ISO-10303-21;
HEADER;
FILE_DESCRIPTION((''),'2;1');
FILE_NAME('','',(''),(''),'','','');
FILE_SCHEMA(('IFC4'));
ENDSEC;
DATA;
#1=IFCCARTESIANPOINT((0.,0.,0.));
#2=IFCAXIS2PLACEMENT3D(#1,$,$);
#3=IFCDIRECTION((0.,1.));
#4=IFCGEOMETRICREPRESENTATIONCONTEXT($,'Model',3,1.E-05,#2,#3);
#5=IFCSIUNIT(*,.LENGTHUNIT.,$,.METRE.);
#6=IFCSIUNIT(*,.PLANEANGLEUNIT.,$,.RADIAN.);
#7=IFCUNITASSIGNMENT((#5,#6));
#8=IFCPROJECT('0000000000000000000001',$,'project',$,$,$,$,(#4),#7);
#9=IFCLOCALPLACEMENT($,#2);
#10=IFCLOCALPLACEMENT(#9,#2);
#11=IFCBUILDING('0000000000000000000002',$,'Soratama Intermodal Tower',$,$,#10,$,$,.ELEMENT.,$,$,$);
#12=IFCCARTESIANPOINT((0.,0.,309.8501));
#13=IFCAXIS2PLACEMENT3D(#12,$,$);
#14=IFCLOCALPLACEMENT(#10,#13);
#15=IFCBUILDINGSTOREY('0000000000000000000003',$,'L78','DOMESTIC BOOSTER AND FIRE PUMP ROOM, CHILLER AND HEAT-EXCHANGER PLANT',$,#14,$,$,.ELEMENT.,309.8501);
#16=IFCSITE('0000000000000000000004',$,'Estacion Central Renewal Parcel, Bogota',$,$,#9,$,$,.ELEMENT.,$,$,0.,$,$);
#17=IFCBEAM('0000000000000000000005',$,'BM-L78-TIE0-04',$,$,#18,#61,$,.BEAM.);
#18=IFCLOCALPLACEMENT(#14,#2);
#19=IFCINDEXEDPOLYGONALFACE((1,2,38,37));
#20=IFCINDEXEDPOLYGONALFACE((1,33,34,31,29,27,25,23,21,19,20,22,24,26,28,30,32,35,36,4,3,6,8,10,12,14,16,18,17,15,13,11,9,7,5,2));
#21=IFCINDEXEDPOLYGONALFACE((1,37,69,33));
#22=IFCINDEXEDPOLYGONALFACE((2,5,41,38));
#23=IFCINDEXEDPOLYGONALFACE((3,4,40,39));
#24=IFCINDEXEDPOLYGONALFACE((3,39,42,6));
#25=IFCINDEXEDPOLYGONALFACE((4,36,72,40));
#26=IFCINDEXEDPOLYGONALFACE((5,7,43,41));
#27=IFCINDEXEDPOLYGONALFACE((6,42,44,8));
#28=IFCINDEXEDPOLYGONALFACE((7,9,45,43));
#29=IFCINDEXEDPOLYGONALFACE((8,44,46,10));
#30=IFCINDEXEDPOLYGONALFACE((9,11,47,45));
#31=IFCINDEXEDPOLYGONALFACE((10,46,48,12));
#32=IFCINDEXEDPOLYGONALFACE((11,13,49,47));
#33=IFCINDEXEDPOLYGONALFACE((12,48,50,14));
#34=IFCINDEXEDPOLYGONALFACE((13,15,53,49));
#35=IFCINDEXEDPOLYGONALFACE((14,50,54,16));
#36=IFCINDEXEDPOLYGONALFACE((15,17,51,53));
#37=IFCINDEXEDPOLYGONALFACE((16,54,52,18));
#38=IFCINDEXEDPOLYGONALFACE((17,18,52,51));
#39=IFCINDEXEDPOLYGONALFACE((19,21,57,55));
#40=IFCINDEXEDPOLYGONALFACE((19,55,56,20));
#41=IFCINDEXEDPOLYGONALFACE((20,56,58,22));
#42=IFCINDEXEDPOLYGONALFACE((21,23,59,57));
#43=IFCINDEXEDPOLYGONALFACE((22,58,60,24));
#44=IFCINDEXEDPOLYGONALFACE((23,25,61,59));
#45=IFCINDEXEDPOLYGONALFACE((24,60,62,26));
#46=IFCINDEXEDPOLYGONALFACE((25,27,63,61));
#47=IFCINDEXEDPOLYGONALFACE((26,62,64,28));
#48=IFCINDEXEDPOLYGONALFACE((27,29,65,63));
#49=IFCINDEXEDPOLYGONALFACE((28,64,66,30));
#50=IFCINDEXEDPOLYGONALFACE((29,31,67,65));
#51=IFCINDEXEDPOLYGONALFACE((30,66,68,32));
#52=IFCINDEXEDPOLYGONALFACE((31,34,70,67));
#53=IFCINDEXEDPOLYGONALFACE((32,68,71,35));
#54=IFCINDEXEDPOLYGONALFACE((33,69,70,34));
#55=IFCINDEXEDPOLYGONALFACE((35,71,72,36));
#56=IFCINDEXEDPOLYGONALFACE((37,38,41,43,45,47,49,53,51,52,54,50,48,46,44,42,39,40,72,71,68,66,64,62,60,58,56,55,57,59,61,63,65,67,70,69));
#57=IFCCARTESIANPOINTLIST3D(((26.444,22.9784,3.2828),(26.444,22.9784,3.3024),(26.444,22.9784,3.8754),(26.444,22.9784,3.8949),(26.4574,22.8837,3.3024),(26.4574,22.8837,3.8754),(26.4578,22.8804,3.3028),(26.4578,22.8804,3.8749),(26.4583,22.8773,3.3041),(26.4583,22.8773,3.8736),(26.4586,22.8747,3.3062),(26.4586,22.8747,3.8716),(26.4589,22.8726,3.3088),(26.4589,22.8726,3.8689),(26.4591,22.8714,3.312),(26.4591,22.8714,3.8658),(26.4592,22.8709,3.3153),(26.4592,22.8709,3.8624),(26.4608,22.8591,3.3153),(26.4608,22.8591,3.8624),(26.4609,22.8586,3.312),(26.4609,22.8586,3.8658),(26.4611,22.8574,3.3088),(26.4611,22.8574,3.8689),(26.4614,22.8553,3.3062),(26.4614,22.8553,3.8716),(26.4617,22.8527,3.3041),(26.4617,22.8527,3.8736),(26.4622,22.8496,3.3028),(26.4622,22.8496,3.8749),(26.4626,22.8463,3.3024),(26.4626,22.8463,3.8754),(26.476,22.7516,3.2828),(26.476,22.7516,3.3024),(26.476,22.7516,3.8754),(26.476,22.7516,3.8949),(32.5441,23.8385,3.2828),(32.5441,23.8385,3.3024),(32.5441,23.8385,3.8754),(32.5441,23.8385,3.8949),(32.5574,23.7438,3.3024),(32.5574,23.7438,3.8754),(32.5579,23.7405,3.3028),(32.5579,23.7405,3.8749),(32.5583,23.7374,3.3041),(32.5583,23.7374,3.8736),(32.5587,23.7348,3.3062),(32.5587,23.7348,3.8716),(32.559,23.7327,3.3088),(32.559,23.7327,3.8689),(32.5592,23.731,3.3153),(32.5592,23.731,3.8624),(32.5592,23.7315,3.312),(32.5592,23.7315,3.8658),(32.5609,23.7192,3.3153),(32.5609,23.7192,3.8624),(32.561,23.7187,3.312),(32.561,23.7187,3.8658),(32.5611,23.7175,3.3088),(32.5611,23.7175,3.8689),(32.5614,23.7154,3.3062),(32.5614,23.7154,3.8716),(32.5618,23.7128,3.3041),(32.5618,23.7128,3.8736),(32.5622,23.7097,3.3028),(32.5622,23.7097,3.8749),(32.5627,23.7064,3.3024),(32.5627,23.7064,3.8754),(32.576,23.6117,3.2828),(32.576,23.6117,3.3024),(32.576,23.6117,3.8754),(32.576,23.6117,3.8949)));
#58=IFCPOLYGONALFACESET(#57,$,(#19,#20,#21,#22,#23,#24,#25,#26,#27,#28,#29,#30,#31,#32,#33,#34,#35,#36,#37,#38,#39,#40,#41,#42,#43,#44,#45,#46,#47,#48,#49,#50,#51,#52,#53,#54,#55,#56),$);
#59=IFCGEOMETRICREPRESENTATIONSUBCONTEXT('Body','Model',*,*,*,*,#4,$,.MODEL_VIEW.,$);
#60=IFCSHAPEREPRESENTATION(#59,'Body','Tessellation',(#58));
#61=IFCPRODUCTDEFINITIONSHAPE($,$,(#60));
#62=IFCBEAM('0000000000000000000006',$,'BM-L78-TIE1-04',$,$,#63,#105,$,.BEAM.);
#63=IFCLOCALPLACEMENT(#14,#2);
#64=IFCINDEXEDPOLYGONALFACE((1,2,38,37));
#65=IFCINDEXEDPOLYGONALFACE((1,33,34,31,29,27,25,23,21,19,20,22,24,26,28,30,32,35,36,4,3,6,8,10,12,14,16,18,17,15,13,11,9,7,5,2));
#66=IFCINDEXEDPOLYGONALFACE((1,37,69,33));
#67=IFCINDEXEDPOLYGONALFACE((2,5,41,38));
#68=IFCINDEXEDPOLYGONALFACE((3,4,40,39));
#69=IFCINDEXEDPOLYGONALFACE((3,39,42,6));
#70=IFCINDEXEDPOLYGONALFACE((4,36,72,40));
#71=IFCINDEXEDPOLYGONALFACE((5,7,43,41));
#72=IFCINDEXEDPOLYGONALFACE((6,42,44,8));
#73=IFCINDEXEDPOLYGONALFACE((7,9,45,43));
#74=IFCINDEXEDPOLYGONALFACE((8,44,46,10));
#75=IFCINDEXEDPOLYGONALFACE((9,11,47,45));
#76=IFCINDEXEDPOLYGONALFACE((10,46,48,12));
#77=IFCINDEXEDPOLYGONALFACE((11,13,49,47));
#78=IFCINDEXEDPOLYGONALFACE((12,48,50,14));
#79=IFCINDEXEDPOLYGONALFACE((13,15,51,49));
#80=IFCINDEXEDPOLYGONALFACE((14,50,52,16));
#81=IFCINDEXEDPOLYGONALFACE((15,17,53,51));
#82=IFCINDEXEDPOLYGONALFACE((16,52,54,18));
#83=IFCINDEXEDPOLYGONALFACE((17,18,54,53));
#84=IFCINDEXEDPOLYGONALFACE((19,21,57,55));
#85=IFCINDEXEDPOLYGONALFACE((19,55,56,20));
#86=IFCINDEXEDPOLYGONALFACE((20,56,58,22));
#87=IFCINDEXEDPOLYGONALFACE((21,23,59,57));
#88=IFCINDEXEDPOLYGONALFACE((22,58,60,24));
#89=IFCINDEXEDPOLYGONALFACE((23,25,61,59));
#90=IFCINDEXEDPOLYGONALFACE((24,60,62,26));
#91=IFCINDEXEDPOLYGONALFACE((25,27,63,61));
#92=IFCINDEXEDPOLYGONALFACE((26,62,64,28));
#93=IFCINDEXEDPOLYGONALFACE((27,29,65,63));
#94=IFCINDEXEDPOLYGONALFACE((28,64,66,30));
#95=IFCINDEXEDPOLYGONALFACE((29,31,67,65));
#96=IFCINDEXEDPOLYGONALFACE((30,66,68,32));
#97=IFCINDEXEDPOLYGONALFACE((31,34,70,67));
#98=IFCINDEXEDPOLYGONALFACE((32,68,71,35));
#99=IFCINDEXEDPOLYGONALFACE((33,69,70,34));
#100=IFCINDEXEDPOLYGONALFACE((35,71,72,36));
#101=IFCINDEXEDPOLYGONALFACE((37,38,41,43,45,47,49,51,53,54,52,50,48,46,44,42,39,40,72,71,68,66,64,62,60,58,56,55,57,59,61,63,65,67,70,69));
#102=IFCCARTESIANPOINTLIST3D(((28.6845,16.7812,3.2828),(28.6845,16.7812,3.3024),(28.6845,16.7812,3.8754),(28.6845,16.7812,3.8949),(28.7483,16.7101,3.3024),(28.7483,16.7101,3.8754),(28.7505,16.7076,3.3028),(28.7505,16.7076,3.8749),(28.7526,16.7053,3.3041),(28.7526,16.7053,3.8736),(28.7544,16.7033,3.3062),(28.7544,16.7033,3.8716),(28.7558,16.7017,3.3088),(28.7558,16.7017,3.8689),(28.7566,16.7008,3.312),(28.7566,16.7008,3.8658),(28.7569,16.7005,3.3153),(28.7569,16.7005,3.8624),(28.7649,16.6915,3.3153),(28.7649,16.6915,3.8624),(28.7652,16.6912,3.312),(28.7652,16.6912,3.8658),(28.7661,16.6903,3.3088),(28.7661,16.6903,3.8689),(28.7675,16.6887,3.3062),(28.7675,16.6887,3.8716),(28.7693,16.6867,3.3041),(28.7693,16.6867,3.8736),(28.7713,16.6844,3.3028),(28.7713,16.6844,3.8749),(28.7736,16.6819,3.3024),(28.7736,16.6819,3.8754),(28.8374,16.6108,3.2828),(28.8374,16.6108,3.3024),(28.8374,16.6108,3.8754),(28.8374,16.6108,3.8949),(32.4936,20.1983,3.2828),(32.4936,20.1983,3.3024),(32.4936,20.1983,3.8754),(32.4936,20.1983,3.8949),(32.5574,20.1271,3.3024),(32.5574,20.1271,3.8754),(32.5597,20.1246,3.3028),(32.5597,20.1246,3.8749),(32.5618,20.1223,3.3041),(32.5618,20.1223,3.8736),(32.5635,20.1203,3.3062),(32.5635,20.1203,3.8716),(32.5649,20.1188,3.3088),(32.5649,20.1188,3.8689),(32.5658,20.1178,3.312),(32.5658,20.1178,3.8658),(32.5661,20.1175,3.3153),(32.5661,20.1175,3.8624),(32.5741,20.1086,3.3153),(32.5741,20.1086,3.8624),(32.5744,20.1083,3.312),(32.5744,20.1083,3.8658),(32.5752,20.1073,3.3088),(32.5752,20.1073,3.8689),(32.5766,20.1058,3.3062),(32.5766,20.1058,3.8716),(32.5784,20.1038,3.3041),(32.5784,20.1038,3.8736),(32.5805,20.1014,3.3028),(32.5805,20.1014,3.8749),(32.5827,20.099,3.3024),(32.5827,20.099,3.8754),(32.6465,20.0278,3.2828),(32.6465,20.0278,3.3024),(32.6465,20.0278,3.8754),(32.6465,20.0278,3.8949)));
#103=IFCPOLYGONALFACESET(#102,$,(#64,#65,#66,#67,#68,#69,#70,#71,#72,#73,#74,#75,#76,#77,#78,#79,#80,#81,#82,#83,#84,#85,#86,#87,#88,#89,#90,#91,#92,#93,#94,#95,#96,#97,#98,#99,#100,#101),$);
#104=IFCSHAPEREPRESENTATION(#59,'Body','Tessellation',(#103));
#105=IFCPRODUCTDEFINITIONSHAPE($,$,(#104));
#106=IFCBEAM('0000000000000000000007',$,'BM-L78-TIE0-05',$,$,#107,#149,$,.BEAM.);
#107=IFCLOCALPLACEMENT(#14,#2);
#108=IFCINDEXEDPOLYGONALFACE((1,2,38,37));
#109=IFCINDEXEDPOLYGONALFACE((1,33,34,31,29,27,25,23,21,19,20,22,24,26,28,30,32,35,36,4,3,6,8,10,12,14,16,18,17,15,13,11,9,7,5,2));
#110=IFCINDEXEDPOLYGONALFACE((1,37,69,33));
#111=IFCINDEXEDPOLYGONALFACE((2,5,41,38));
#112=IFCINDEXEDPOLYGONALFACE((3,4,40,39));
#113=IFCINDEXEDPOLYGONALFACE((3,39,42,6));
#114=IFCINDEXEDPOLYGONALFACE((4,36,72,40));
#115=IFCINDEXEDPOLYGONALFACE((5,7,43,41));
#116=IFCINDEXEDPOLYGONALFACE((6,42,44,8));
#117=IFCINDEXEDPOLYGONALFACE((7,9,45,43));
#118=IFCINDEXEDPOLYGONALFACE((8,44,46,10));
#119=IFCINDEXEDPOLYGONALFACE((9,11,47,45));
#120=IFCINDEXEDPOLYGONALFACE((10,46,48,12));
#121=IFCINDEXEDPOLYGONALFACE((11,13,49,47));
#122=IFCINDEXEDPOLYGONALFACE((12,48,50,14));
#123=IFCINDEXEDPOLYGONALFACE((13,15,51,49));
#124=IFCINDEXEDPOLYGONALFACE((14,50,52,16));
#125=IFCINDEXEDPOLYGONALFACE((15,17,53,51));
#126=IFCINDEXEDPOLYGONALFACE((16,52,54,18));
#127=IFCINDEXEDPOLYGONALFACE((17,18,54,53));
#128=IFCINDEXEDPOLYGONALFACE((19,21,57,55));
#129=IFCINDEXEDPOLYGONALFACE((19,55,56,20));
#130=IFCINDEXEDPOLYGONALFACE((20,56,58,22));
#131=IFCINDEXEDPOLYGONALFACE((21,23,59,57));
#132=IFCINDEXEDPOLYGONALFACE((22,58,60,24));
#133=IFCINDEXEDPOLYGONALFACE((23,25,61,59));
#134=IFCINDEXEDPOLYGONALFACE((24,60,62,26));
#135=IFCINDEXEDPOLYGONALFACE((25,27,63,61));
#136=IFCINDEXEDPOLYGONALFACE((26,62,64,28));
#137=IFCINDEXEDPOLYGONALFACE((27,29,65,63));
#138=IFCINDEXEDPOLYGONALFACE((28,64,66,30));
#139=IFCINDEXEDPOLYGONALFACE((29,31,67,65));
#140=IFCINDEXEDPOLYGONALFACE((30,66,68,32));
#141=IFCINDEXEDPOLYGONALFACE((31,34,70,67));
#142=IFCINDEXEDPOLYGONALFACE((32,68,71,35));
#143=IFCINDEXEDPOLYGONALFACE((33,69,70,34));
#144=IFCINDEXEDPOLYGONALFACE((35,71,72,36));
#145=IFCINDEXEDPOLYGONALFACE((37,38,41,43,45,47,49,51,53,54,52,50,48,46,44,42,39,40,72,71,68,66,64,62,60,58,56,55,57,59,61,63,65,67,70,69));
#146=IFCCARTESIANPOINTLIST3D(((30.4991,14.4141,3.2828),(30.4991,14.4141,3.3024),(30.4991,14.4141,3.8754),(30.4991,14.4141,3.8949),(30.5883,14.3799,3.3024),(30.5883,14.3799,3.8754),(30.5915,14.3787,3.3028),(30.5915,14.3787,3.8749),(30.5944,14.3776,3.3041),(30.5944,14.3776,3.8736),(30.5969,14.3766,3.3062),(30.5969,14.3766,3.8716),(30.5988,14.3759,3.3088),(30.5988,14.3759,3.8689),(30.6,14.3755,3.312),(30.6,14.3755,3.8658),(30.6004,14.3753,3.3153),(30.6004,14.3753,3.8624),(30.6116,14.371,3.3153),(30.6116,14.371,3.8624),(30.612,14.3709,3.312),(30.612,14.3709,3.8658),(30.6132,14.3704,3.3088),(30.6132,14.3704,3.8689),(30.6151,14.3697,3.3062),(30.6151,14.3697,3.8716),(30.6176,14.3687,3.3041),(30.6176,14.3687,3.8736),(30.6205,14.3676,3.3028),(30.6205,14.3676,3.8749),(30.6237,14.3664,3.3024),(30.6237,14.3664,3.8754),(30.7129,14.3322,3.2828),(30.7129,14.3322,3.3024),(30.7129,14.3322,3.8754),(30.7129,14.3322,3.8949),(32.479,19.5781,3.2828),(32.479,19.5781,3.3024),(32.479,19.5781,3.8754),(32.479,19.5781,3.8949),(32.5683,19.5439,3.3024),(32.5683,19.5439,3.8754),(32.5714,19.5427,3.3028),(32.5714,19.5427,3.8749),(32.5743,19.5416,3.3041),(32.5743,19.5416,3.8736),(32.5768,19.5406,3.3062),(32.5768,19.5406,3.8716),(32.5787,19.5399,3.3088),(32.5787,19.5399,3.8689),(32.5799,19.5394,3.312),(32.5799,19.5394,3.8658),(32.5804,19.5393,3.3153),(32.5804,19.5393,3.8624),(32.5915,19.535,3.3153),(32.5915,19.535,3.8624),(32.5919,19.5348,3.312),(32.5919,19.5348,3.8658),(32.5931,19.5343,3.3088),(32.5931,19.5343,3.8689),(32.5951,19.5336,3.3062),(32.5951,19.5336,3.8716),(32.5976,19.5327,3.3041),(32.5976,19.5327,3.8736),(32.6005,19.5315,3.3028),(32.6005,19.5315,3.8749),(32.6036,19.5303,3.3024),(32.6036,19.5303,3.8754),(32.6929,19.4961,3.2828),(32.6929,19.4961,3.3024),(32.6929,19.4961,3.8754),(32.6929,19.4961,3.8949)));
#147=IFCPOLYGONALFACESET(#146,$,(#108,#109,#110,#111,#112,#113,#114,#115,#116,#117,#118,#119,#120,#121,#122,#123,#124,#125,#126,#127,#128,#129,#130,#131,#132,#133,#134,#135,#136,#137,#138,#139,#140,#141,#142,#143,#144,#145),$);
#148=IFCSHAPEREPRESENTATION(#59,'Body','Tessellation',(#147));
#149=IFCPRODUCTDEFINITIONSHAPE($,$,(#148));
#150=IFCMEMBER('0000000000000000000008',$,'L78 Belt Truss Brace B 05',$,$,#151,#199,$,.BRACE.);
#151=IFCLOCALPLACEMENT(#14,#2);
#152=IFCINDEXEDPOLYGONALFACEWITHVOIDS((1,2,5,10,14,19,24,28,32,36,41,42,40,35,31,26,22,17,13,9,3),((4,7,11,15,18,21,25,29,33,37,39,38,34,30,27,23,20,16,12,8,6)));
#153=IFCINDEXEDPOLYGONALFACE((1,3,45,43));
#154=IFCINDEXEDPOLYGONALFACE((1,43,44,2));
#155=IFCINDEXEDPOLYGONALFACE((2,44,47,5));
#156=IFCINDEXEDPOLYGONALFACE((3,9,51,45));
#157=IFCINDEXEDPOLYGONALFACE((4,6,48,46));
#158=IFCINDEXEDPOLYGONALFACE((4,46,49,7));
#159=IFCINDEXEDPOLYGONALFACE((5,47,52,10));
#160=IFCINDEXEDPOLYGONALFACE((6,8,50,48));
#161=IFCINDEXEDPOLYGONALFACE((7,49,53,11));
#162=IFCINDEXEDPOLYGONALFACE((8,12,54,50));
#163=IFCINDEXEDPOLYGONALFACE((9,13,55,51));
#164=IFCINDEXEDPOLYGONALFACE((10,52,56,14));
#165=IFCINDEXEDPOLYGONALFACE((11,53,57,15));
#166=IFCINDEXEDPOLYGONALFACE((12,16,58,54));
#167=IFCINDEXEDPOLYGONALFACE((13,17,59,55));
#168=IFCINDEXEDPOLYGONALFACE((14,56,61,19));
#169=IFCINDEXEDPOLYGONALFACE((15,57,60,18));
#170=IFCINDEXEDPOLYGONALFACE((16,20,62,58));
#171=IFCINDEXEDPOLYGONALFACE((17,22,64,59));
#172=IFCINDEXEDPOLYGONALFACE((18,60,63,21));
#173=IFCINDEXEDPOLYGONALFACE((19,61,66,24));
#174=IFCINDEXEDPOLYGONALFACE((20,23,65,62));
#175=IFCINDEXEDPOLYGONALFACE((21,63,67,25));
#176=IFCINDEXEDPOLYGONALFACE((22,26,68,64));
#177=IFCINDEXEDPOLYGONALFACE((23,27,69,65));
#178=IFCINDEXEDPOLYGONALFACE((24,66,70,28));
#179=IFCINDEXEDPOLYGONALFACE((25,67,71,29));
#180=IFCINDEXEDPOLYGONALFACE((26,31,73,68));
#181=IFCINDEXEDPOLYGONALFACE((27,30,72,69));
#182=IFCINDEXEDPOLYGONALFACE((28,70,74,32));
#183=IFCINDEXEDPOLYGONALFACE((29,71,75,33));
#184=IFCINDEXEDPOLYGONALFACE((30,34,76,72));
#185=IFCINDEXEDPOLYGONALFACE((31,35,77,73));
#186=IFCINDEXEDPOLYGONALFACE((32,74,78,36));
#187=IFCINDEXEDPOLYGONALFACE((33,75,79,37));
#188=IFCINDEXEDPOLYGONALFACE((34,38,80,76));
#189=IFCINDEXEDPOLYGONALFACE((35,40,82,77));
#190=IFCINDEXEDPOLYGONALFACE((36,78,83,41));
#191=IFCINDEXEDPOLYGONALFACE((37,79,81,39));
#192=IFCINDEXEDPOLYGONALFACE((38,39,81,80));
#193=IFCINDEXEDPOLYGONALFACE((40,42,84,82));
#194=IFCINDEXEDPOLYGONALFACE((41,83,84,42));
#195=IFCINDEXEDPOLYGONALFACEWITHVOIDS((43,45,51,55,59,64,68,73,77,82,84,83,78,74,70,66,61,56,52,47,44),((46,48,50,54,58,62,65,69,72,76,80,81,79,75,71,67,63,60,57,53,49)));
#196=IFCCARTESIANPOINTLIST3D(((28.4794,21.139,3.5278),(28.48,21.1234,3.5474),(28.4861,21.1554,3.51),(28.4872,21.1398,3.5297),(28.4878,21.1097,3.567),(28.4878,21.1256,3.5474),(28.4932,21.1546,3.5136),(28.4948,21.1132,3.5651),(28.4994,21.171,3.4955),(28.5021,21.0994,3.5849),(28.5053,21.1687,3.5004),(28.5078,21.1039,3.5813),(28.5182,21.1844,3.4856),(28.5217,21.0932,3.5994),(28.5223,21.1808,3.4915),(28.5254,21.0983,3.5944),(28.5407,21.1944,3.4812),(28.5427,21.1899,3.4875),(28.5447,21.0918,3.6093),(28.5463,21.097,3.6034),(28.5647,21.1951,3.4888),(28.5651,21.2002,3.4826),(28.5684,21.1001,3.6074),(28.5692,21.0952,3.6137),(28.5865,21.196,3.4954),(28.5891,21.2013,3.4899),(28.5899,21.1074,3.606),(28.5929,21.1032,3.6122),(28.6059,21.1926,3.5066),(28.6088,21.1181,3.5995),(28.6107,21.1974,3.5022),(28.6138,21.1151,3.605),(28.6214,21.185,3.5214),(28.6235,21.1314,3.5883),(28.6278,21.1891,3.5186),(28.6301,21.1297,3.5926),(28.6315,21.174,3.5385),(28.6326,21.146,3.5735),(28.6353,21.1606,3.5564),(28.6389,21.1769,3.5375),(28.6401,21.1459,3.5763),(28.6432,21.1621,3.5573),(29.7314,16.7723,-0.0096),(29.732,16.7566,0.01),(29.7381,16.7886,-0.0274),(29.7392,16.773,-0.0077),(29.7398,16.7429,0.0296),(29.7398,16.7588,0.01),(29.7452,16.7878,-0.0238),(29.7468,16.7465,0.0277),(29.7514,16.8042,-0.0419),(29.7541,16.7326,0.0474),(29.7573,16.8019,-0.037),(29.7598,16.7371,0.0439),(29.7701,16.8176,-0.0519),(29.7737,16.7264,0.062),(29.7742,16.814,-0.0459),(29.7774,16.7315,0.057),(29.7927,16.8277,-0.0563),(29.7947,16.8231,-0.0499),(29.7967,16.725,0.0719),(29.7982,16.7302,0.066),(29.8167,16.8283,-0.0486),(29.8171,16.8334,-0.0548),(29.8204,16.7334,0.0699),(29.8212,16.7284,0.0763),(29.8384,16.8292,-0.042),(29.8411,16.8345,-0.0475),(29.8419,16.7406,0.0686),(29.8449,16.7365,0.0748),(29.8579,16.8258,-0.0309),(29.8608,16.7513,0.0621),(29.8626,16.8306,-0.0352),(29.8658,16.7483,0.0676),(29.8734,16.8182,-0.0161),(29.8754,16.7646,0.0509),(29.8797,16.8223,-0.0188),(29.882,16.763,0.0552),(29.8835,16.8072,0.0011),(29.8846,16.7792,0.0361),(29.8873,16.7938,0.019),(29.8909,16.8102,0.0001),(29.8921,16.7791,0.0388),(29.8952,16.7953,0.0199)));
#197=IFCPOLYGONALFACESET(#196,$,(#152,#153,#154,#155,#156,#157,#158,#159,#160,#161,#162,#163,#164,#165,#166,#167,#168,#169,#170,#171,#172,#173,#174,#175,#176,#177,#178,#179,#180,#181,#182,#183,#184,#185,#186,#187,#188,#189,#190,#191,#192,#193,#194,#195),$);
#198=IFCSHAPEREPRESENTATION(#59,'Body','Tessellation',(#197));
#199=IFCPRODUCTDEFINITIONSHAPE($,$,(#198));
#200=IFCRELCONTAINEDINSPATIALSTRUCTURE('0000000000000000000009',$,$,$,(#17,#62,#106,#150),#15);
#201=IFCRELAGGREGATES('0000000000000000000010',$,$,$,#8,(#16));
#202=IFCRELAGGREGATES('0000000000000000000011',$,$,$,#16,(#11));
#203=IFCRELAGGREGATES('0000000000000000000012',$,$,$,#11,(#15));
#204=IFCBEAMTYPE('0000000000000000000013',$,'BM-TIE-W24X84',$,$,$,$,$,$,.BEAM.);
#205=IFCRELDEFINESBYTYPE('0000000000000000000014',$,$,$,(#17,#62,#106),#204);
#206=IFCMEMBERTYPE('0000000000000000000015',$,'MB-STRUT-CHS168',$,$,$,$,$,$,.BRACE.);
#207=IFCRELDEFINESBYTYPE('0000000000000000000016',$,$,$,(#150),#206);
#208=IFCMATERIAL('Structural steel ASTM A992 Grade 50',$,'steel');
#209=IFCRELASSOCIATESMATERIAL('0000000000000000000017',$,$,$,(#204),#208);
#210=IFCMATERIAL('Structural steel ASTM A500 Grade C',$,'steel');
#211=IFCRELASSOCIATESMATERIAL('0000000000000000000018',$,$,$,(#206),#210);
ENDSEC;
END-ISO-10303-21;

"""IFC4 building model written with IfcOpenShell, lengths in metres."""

from ifc_helpers import new_model, si_unit, direction, frame, origin, origin_2d, place, context, subcontext, project, spatial, hollow_circle, i_section, extrude, material, material_profile, profile_set, type_object, element, save


model = new_model("IFC4")

# Units and contexts
model_context = context("Model", 3, precision=1e-05, world=origin(), true_north=direction((0.0, 1.0)))
body_context = subcontext(model_context, "Body", "Model", "MODEL_VIEW")
ifc_project = project(units=[si_unit("LENGTHUNIT", "METRE"), si_unit("PLANEANGLEUNIT", "RADIAN")], contexts=[model_context])

# Site, building, storey
site_placement = place(None, origin())
site = spatial("IfcSite", under=ifc_project, at=site_placement, Name="Estacion Central Renewal Parcel, Bogota", CompositionType="ELEMENT", RefElevation=0.0)
building_placement = place(site_placement, origin())
building = spatial("IfcBuilding", under=site, at=building_placement, Name="Soratama Intermodal Tower", CompositionType="ELEMENT")
storey_placement = place(building_placement, frame((0.0, 0.0, 309.8501)))
storey = spatial("IfcBuildingStorey", under=building, at=storey_placement, Name="L78", Description="DOMESTIC BOOSTER AND FIRE PUMP ROOM, CHILLER AND HEAT-EXCHANGER PLANT", CompositionType="ELEMENT", Elevation=309.8501)

# Beams
ifc_material_1 = material(Name="Structural steel ASTM A992 Grade 50", Category="steel")
ifc_material_profile_1 = material_profile(ifc_material_1, i_section(OverallWidth=0.229, OverallDepth=0.6121, WebThickness=0.012, FlangeThickness=0.0195, FilletRadius=0.0129, at=origin_2d()), Name="W24X84")
ifc_profile_set_1 = profile_set([ifc_material_profile_1], Name="Structural steel ASTM A992 Grade 50")
beam_type_1 = type_object("IfcBeamType", Name="BM-TIE-W24X84", PredefinedType="BEAM", material=ifc_profile_set_1)
beam_1_placement = place(storey_placement, frame((32.5601, 23.7251, 3.5889), z_axis=(-0.990205, -0.139618, 0.0), x_axis=(0.139618, -0.990205, 0.0)))
element("IfcBeam", 1, at=beam_1_placement, inside=storey, type_object=beam_type_1, Name="BM-L78-TIE0-04", PredefinedType="BEAM", context=body_context, shape_type="SweptSolid", body=[
    extrude(i_section(OverallWidth=0.229, OverallDepth=0.6121, WebThickness=0.012, FlangeThickness=0.0195, FilletRadius=0.0129, at=origin_2d()), origin(), (0.0, 0.0, 1.0), 6.1604),
])
beam_2_placement = place(storey_placement, frame((32.5701, 20.113, 3.5889), z_axis=(-0.74438, -0.667757, 0.0), x_axis=(0.667757, -0.74438, 0.0)))
element("IfcBeam", 2, at=beam_2_placement, inside=storey, type_object=beam_type_1, Name="BM-L78-TIE1-04", PredefinedType="BEAM", context=body_context, shape_type="SweptSolid", body=[
    extrude(i_section(OverallWidth=0.229, OverallDepth=0.6121, WebThickness=0.012, FlangeThickness=0.0195, FilletRadius=0.0129, at=origin_2d()), origin(), (0.0, 0.0, 1.0), 5.1172),
])
beam_3_placement = place(storey_placement, frame((32.5859, 19.5371, 3.5889), z_axis=(-0.358003, -0.933721, 0.0), x_axis=(0.933721, -0.358003, 0.0)))
element("IfcBeam", 3, at=beam_3_placement, inside=storey, type_object=beam_type_1, Name="BM-L78-TIE0-05", PredefinedType="BEAM", context=body_context, shape_type="SweptSolid", body=[
    extrude(i_section(OverallWidth=0.229, OverallDepth=0.6121, WebThickness=0.012, FlangeThickness=0.0195, FilletRadius=0.0129, at=origin_2d()), origin(), (0.0, 0.0, 1.0), 5.5305),
])

# Member
ifc_material_2 = material(Name="Structural steel ASTM A500 Grade C", Category="steel")
ifc_material_profile_2 = material_profile(ifc_material_2, hollow_circle(Radius=0.0842, WallThickness=0.0081, at=origin_2d()), Name="CHS168X8")
ifc_profile_set_2 = profile_set([ifc_material_profile_2], Name="Structural steel ASTM A500 Grade C")
member_type = type_object("IfcMemberType", Name="MB-STRUT-CHS168", PredefinedType="BRACE", material=ifc_profile_set_2)
member_1_placement = place(storey_placement, frame((29.813, 16.7798, 0.01), z_axis=(-0.217449, 0.758442, 0.614395), x_axis=(-0.961272, -0.275601, 0.0)))
element("IfcMember", 4, at=member_1_placement, inside=storey, type_object=member_type, Name="L78 Belt Truss Brace B 05", PredefinedType="BRACE", context=body_context, shape_type="SweptSolid", body=[
    extrude(hollow_circle(Radius=0.0842, WallThickness=0.0081, at=origin_2d()), origin(), (0.0, 0.0, 1.0), 5.7576),
])

save(model, "model.ifc")
